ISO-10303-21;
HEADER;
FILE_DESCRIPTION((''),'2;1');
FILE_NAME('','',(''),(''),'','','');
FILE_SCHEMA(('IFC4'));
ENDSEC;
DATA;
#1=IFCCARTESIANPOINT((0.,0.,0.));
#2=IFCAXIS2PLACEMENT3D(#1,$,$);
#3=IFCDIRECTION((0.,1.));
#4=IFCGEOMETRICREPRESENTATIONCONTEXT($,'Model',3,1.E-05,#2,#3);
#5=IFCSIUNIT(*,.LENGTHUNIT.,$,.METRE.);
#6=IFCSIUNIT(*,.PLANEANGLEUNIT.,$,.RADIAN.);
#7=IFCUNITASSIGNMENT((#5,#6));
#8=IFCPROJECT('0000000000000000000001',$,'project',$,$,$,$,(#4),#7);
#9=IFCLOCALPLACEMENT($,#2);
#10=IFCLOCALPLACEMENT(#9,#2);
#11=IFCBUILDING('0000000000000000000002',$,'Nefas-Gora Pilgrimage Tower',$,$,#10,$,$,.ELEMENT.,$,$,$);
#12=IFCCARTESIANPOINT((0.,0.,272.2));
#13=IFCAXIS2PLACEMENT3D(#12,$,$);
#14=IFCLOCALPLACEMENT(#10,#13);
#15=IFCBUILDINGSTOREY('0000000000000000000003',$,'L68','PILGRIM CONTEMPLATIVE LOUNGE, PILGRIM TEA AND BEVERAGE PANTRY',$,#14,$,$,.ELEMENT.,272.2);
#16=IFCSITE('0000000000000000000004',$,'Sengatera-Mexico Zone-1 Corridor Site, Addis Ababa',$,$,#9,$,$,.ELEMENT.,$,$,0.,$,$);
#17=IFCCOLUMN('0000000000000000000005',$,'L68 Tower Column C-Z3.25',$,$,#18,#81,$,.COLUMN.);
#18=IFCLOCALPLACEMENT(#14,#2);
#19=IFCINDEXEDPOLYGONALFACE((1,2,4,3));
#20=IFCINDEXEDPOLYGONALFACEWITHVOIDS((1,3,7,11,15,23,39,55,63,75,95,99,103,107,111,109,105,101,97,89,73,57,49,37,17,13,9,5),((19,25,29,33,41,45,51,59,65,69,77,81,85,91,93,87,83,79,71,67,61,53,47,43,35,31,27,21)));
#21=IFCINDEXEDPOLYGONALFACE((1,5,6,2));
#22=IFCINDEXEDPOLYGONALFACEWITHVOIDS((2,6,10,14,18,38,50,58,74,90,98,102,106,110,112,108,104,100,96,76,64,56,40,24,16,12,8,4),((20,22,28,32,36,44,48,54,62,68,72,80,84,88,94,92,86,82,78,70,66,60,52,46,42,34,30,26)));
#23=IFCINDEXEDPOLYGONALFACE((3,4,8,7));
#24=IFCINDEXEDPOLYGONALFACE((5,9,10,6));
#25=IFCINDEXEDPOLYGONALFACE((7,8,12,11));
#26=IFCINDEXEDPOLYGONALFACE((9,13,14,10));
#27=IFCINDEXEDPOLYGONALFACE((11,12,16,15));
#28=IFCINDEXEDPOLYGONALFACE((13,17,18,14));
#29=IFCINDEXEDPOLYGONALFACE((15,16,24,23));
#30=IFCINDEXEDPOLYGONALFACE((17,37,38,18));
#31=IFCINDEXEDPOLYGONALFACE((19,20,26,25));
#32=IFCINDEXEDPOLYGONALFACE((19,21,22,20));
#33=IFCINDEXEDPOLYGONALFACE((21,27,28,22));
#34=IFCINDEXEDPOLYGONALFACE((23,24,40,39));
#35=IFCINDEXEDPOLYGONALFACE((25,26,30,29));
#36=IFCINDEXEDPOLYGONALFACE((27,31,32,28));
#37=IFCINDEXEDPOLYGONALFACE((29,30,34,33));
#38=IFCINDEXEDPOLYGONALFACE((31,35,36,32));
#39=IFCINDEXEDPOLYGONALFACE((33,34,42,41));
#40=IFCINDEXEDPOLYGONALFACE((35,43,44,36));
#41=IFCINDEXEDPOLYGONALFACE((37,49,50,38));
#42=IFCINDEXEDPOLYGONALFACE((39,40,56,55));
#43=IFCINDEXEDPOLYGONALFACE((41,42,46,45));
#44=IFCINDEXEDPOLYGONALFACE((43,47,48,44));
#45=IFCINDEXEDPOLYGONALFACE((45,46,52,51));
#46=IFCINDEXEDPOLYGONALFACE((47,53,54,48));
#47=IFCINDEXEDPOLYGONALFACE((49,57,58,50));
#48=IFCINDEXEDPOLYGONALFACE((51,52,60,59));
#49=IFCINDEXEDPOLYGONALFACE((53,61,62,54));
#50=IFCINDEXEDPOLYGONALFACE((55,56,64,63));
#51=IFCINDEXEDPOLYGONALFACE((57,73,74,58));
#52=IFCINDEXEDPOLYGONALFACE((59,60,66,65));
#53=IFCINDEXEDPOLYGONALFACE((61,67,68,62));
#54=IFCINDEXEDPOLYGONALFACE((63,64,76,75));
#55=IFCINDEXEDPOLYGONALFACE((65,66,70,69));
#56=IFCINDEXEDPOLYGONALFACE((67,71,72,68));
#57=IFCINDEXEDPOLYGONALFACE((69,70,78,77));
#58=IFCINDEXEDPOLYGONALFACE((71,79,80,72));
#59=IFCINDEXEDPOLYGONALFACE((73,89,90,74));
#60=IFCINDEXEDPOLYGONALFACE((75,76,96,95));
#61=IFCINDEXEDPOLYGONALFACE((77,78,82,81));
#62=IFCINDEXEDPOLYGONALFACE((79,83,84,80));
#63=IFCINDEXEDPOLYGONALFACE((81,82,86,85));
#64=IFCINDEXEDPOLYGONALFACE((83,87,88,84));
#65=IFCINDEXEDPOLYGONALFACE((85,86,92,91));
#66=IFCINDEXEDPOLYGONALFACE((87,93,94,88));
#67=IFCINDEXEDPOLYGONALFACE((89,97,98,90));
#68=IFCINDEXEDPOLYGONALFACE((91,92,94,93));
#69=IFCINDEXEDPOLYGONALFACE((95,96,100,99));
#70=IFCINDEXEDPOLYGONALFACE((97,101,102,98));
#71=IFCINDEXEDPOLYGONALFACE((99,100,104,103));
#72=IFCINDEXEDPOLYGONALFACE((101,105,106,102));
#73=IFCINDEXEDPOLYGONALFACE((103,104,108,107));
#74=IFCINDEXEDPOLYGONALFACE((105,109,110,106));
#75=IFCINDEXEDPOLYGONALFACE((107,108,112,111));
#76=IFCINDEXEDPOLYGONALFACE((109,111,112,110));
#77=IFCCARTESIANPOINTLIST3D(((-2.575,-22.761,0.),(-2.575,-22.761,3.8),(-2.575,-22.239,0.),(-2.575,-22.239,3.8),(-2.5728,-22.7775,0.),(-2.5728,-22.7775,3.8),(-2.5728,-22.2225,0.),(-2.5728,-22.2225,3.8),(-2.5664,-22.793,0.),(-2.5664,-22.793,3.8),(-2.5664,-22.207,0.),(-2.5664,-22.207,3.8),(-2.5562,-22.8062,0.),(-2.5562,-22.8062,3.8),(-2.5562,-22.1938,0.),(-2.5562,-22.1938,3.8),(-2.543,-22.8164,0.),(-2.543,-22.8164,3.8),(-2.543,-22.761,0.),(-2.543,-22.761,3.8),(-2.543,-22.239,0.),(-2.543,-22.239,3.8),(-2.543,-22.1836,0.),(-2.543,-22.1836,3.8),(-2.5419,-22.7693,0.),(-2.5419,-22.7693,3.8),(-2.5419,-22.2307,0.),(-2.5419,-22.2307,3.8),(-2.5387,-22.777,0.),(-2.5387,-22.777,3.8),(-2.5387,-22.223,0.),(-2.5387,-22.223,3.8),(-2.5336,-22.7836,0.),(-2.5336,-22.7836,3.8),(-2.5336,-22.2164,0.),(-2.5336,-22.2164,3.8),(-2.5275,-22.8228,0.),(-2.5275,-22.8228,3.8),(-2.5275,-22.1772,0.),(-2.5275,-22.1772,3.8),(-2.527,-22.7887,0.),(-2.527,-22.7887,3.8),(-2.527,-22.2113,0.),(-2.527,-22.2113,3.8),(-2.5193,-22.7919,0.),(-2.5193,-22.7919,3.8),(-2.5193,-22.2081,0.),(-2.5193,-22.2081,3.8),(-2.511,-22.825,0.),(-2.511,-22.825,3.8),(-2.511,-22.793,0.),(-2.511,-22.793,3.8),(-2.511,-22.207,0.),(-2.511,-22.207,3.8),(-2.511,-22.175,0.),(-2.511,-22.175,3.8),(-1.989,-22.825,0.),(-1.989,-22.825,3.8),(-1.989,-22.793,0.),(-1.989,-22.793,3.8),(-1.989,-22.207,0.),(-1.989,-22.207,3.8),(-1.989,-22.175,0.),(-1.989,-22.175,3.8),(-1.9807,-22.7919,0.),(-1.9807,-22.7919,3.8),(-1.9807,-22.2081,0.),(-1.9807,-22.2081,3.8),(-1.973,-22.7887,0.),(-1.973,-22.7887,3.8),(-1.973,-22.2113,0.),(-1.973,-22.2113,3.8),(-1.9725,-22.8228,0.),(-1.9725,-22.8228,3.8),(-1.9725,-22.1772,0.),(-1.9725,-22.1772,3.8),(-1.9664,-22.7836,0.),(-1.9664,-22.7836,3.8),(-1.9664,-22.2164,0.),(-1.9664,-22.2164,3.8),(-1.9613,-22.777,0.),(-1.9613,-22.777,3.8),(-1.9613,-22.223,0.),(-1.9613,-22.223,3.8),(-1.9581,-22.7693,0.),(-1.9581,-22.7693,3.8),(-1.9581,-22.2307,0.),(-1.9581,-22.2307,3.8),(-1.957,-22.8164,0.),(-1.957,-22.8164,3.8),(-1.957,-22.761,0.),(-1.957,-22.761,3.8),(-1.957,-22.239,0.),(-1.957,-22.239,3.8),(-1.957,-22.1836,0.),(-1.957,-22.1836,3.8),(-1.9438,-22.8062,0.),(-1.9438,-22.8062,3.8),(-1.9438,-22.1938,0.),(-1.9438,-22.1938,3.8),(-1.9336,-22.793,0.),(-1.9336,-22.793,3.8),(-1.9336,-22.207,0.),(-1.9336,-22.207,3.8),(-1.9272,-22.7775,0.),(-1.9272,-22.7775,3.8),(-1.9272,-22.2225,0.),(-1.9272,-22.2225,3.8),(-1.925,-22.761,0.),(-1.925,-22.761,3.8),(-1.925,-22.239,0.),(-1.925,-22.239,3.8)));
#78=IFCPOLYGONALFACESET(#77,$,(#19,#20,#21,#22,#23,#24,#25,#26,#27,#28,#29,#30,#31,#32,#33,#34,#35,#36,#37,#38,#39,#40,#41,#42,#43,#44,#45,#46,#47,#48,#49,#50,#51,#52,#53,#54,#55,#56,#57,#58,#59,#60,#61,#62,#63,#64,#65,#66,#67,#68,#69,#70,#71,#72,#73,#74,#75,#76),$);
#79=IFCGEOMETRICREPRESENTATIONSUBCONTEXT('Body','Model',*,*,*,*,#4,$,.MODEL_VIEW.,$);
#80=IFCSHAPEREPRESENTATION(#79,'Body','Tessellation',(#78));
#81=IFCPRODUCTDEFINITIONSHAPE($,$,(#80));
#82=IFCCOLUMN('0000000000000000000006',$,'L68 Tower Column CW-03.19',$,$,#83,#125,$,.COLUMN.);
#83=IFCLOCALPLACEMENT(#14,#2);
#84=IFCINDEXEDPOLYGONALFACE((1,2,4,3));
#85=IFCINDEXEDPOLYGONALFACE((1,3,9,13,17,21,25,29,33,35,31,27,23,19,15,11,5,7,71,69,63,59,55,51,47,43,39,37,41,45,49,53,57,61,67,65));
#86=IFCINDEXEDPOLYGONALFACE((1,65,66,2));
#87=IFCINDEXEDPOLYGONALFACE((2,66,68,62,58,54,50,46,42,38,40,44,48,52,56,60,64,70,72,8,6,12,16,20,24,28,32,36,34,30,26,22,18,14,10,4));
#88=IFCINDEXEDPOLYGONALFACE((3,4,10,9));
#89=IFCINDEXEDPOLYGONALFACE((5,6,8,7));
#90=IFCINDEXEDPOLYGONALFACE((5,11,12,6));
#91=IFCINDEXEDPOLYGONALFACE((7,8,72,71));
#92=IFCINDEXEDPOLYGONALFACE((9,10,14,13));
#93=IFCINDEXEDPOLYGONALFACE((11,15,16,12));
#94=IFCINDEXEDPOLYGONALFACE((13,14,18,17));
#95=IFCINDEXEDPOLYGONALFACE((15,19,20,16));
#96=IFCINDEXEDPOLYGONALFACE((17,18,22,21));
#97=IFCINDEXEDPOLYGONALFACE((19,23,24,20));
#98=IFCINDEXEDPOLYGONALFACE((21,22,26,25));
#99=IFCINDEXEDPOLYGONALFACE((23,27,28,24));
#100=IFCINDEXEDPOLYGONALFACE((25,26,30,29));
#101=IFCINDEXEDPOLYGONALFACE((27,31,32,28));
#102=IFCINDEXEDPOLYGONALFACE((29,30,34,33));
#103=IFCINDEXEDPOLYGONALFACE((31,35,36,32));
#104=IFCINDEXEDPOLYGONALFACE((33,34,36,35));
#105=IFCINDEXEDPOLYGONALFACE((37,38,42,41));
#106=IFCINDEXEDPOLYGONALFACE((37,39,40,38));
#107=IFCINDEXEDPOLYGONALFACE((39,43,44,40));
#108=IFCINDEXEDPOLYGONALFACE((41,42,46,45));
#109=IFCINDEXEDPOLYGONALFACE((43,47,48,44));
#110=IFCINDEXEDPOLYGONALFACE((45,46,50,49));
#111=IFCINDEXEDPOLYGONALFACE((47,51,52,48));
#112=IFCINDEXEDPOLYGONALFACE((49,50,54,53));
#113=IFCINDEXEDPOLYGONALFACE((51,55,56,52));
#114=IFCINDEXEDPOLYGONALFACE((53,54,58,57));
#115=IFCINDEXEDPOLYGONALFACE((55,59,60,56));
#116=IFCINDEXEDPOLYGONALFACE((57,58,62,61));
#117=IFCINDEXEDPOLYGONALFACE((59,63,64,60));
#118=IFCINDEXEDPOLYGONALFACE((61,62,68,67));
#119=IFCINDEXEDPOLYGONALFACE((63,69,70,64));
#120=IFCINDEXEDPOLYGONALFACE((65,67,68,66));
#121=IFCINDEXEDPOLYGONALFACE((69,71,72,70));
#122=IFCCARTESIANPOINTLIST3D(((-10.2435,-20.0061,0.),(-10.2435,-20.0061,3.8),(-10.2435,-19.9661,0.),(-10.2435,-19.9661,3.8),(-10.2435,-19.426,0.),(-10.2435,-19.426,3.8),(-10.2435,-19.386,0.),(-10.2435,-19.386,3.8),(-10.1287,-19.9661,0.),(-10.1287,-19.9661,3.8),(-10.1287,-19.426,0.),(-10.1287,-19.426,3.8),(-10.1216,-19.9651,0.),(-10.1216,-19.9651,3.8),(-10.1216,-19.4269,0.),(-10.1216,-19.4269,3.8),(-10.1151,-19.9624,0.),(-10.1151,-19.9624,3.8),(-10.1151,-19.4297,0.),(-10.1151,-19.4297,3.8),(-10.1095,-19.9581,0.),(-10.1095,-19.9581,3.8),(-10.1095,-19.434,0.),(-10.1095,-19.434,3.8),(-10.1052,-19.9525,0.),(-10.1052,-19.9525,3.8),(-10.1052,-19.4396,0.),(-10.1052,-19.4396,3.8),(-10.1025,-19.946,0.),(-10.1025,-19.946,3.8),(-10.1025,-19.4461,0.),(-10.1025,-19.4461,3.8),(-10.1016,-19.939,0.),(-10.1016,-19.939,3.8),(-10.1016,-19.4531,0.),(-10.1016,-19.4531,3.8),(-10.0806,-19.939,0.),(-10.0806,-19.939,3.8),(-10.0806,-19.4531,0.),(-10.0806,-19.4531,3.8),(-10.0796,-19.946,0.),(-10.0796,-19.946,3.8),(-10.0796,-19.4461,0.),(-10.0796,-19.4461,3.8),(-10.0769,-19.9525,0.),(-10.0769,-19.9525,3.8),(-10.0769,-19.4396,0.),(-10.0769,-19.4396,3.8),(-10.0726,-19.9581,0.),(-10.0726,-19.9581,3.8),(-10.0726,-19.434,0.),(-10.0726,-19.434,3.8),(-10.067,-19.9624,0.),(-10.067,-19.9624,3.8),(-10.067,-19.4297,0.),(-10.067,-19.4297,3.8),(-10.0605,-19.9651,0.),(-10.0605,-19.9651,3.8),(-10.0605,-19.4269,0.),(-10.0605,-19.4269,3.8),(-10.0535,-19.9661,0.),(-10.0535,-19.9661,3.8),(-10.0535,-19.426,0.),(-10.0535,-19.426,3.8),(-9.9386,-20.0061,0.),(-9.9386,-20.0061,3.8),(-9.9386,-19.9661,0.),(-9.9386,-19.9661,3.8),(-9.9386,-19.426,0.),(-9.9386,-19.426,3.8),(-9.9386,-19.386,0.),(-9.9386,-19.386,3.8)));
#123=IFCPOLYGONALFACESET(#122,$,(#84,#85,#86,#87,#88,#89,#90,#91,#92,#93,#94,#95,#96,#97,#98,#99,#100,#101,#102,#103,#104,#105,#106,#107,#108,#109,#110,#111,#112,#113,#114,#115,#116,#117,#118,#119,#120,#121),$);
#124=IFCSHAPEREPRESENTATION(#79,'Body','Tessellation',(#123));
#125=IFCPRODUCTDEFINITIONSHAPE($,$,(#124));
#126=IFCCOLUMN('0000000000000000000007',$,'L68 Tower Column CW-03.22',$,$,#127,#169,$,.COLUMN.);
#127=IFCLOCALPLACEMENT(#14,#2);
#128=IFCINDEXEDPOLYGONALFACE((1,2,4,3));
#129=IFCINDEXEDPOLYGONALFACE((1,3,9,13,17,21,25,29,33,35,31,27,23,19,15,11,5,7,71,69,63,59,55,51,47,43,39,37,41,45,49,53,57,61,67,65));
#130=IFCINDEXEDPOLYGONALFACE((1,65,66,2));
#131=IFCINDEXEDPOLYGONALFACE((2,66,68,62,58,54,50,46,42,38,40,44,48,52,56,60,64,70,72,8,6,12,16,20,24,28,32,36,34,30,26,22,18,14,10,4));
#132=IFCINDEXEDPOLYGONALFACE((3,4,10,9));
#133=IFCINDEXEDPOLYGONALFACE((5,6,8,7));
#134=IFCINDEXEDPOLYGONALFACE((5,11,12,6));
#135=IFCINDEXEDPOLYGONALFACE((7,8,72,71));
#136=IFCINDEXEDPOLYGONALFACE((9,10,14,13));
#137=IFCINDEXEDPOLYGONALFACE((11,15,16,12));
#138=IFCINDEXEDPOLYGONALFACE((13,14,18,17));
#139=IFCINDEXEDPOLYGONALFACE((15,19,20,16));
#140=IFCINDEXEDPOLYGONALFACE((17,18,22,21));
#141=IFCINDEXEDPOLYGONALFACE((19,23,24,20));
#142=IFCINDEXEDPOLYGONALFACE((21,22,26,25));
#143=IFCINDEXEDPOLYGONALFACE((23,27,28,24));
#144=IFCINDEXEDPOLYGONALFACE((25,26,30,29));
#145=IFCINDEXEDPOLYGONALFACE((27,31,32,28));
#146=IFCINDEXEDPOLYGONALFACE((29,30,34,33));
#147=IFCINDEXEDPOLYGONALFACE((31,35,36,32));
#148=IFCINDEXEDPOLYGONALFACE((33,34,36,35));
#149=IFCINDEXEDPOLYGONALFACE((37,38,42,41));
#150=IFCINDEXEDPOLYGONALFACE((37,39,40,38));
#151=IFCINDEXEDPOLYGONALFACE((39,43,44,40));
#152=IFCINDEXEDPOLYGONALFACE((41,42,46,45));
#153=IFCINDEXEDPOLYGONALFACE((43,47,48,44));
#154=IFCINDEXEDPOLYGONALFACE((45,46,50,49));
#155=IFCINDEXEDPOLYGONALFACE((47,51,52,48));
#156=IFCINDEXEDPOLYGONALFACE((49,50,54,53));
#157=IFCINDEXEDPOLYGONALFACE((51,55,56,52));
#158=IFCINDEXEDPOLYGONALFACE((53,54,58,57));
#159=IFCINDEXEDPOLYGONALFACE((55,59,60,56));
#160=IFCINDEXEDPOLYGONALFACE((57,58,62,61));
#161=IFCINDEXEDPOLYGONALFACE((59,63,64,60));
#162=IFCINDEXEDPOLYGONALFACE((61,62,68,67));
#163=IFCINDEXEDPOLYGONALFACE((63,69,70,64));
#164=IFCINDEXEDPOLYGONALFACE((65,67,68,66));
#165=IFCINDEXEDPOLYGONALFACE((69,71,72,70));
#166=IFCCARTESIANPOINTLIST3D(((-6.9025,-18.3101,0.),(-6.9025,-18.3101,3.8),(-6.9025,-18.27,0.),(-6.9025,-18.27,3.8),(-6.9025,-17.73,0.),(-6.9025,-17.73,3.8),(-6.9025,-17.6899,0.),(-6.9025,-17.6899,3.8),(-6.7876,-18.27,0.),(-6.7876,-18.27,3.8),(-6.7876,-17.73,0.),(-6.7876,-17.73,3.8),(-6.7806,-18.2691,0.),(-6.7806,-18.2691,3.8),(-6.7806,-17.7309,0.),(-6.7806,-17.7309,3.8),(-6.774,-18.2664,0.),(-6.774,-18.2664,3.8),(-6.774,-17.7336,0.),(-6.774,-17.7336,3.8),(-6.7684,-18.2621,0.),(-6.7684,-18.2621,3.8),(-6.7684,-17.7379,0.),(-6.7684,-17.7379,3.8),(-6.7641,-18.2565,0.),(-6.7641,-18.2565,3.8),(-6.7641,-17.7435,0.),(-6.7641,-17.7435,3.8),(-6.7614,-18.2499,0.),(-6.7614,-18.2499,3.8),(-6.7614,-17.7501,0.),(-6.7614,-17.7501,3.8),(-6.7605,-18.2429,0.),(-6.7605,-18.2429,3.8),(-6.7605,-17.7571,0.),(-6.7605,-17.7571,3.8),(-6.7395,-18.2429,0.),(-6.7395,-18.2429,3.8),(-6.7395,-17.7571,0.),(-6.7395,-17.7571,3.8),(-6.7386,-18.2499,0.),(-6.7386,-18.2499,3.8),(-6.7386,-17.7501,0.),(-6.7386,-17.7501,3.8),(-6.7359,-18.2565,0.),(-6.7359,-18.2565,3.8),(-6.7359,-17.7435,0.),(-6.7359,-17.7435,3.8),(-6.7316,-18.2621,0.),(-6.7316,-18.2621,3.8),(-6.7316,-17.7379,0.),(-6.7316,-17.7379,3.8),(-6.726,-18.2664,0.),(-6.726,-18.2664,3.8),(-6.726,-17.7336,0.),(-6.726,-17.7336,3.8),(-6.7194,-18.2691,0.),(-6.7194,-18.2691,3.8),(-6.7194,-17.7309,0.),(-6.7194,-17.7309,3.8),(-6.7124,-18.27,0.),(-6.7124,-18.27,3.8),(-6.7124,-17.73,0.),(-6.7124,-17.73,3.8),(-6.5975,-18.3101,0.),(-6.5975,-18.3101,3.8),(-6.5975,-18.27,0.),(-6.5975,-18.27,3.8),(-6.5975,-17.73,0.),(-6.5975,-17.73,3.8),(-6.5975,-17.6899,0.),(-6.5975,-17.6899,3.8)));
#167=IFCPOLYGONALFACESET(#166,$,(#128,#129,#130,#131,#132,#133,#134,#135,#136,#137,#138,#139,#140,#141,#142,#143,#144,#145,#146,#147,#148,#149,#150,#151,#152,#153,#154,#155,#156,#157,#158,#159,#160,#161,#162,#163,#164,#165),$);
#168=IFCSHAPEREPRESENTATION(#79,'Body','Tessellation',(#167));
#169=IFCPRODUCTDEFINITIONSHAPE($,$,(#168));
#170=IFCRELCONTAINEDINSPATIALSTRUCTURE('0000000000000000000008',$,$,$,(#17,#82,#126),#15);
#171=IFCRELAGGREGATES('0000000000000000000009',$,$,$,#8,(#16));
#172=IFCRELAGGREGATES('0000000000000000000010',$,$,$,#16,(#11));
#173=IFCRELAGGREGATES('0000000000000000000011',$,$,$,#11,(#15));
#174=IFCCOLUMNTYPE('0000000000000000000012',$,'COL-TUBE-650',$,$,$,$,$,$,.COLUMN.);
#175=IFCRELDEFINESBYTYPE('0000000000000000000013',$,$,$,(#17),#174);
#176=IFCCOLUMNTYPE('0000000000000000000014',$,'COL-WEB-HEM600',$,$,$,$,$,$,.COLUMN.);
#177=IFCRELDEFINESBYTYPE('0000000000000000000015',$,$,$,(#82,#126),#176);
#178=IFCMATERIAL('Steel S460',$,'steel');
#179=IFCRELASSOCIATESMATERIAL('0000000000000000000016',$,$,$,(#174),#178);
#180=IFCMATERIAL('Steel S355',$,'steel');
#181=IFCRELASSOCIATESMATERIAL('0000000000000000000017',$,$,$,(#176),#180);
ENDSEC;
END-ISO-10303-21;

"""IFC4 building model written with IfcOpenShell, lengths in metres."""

from ifc_helpers import new_model, si_unit, direction, frame, origin, origin_2d, place, context, subcontext, project, spatial, hollow_rectangle, i_section, extrude, source, transform, mapped, material, material_profile, profile_set, type_object, element, save


model = new_model("IFC4")

# Units and contexts
model_context = context("Model", 3, precision=1e-05, world=origin(), true_north=direction((0.0, 1.0)))
body_context = subcontext(model_context, "Body", "Model", "MODEL_VIEW")
ifc_project = project(units=[si_unit("LENGTHUNIT", "METRE"), si_unit("PLANEANGLEUNIT", "RADIAN")], contexts=[model_context])

# Site, building, storey
site_placement = place(None, origin())
site = spatial("IfcSite", under=ifc_project, at=site_placement, Name="Sengatera-Mexico Zone-1 Corridor Site, Addis Ababa", CompositionType="ELEMENT", RefElevation=0.0)
building_placement = place(site_placement, origin())
building = spatial("IfcBuilding", under=site, at=building_placement, Name="Nefas-Gora Pilgrimage Tower", CompositionType="ELEMENT")
storey_placement = place(building_placement, frame((0.0, 0.0, 272.2)))
storey = spatial("IfcBuildingStorey", under=building, at=storey_placement, Name="L68", Description="PILGRIM CONTEMPLATIVE LOUNGE, PILGRIM TEA AND BEVERAGE PANTRY", CompositionType="ELEMENT", Elevation=272.2)

# Columns
ifc_material_1 = material(Name="Steel S460", Category="steel")
ifc_material_profile_1 = material_profile(ifc_material_1, hollow_rectangle(XDim=0.6499, YDim=0.6499, WallThickness=0.032, InnerFilletRadius=0.032, OuterFilletRadius=0.064, at=origin_2d()), Name="BOX 650x650x32")
ifc_profile_set_1 = profile_set([ifc_material_profile_1], Name="Steel S460")
column_type_1 = type_object("IfcColumnType", Name="COL-TUBE-650", PredefinedType="COLUMN", material=ifc_profile_set_1)
shared_shape_1 = source(origin(), body_context, "Body", "SweptSolid", [
    extrude(hollow_rectangle(XDim=0.6499, YDim=0.6499, WallThickness=0.032, InnerFilletRadius=0.032, OuterFilletRadius=0.064, at=origin_2d()), origin(), (0.0, 0.0, 1.0), 3.8),
])
for number, where, z_axis, x_axis, name in (
    (1, (-2.25, -22.5, 0.0), (0.0, 0.0, 1.0), (1.0, 0.0, 0.0), "L68 Tower Column C-Z3.25"),
):
    element("IfcColumn", number, at=place(storey_placement, frame(where, z_axis=z_axis, x_axis=x_axis)), inside=storey, type_object=column_type_1, Name=name, PredefinedType="COLUMN", context=body_context, shape_type="MappedRepresentation", body=[
        mapped(shared_shape_1, transform((0.0, 0.0, 0.0), x_axis=(1.0, 0.0, 0.0), y_axis=(0.0, 1.0, 0.0), z_axis=(0.0, 0.0, 1.0), scale=1.0)),
    ])
ifc_material_2 = material(Name="Steel S355", Category="steel")
ifc_material_profile_2 = material_profile(ifc_material_2, i_section(OverallWidth=0.3049, OverallDepth=0.6201, WebThickness=0.021, FlangeThickness=0.04, FilletRadius=0.0271, at=origin_2d()), Name="HEM 600")
ifc_profile_set_2 = profile_set([ifc_material_profile_2], Name="Steel S355")
column_type_2 = type_object("IfcColumnType", Name="COL-WEB-HEM600", PredefinedType="COLUMN", material=ifc_profile_set_2)
shared_shape_2 = source(origin(), body_context, "Body", "SweptSolid", [
    extrude(i_section(OverallWidth=0.3049, OverallDepth=0.6201, WebThickness=0.021, FlangeThickness=0.04, FilletRadius=0.0271, at=origin_2d()), origin(), (0.0, 0.0, 1.0), 3.8),
])
for number, where, z_axis, x_axis, name in (
    (2, (-10.0911, -19.696, 0.0), (0.0, 0.0, 1.0), (1.0, 0.0, 0.0), "L68 Tower Column CW-03.19"),
    (3, (-6.75, -18.0, 0.0), (0.0, 0.0, 1.0), (1.0, 0.0, 0.0), "L68 Tower Column CW-03.22"),
):
    element("IfcColumn", number, at=place(storey_placement, frame(where, z_axis=z_axis, x_axis=x_axis)), inside=storey, type_object=column_type_2, Name=name, PredefinedType="COLUMN", context=body_context, shape_type="MappedRepresentation", body=[
        mapped(shared_shape_2, transform((0.0, 0.0, 0.0), x_axis=(1.0, 0.0, 0.0), y_axis=(0.0, 1.0, 0.0), z_axis=(0.0, 0.0, 1.0), scale=1.0)),
    ])

save(model, "model.ifc")
